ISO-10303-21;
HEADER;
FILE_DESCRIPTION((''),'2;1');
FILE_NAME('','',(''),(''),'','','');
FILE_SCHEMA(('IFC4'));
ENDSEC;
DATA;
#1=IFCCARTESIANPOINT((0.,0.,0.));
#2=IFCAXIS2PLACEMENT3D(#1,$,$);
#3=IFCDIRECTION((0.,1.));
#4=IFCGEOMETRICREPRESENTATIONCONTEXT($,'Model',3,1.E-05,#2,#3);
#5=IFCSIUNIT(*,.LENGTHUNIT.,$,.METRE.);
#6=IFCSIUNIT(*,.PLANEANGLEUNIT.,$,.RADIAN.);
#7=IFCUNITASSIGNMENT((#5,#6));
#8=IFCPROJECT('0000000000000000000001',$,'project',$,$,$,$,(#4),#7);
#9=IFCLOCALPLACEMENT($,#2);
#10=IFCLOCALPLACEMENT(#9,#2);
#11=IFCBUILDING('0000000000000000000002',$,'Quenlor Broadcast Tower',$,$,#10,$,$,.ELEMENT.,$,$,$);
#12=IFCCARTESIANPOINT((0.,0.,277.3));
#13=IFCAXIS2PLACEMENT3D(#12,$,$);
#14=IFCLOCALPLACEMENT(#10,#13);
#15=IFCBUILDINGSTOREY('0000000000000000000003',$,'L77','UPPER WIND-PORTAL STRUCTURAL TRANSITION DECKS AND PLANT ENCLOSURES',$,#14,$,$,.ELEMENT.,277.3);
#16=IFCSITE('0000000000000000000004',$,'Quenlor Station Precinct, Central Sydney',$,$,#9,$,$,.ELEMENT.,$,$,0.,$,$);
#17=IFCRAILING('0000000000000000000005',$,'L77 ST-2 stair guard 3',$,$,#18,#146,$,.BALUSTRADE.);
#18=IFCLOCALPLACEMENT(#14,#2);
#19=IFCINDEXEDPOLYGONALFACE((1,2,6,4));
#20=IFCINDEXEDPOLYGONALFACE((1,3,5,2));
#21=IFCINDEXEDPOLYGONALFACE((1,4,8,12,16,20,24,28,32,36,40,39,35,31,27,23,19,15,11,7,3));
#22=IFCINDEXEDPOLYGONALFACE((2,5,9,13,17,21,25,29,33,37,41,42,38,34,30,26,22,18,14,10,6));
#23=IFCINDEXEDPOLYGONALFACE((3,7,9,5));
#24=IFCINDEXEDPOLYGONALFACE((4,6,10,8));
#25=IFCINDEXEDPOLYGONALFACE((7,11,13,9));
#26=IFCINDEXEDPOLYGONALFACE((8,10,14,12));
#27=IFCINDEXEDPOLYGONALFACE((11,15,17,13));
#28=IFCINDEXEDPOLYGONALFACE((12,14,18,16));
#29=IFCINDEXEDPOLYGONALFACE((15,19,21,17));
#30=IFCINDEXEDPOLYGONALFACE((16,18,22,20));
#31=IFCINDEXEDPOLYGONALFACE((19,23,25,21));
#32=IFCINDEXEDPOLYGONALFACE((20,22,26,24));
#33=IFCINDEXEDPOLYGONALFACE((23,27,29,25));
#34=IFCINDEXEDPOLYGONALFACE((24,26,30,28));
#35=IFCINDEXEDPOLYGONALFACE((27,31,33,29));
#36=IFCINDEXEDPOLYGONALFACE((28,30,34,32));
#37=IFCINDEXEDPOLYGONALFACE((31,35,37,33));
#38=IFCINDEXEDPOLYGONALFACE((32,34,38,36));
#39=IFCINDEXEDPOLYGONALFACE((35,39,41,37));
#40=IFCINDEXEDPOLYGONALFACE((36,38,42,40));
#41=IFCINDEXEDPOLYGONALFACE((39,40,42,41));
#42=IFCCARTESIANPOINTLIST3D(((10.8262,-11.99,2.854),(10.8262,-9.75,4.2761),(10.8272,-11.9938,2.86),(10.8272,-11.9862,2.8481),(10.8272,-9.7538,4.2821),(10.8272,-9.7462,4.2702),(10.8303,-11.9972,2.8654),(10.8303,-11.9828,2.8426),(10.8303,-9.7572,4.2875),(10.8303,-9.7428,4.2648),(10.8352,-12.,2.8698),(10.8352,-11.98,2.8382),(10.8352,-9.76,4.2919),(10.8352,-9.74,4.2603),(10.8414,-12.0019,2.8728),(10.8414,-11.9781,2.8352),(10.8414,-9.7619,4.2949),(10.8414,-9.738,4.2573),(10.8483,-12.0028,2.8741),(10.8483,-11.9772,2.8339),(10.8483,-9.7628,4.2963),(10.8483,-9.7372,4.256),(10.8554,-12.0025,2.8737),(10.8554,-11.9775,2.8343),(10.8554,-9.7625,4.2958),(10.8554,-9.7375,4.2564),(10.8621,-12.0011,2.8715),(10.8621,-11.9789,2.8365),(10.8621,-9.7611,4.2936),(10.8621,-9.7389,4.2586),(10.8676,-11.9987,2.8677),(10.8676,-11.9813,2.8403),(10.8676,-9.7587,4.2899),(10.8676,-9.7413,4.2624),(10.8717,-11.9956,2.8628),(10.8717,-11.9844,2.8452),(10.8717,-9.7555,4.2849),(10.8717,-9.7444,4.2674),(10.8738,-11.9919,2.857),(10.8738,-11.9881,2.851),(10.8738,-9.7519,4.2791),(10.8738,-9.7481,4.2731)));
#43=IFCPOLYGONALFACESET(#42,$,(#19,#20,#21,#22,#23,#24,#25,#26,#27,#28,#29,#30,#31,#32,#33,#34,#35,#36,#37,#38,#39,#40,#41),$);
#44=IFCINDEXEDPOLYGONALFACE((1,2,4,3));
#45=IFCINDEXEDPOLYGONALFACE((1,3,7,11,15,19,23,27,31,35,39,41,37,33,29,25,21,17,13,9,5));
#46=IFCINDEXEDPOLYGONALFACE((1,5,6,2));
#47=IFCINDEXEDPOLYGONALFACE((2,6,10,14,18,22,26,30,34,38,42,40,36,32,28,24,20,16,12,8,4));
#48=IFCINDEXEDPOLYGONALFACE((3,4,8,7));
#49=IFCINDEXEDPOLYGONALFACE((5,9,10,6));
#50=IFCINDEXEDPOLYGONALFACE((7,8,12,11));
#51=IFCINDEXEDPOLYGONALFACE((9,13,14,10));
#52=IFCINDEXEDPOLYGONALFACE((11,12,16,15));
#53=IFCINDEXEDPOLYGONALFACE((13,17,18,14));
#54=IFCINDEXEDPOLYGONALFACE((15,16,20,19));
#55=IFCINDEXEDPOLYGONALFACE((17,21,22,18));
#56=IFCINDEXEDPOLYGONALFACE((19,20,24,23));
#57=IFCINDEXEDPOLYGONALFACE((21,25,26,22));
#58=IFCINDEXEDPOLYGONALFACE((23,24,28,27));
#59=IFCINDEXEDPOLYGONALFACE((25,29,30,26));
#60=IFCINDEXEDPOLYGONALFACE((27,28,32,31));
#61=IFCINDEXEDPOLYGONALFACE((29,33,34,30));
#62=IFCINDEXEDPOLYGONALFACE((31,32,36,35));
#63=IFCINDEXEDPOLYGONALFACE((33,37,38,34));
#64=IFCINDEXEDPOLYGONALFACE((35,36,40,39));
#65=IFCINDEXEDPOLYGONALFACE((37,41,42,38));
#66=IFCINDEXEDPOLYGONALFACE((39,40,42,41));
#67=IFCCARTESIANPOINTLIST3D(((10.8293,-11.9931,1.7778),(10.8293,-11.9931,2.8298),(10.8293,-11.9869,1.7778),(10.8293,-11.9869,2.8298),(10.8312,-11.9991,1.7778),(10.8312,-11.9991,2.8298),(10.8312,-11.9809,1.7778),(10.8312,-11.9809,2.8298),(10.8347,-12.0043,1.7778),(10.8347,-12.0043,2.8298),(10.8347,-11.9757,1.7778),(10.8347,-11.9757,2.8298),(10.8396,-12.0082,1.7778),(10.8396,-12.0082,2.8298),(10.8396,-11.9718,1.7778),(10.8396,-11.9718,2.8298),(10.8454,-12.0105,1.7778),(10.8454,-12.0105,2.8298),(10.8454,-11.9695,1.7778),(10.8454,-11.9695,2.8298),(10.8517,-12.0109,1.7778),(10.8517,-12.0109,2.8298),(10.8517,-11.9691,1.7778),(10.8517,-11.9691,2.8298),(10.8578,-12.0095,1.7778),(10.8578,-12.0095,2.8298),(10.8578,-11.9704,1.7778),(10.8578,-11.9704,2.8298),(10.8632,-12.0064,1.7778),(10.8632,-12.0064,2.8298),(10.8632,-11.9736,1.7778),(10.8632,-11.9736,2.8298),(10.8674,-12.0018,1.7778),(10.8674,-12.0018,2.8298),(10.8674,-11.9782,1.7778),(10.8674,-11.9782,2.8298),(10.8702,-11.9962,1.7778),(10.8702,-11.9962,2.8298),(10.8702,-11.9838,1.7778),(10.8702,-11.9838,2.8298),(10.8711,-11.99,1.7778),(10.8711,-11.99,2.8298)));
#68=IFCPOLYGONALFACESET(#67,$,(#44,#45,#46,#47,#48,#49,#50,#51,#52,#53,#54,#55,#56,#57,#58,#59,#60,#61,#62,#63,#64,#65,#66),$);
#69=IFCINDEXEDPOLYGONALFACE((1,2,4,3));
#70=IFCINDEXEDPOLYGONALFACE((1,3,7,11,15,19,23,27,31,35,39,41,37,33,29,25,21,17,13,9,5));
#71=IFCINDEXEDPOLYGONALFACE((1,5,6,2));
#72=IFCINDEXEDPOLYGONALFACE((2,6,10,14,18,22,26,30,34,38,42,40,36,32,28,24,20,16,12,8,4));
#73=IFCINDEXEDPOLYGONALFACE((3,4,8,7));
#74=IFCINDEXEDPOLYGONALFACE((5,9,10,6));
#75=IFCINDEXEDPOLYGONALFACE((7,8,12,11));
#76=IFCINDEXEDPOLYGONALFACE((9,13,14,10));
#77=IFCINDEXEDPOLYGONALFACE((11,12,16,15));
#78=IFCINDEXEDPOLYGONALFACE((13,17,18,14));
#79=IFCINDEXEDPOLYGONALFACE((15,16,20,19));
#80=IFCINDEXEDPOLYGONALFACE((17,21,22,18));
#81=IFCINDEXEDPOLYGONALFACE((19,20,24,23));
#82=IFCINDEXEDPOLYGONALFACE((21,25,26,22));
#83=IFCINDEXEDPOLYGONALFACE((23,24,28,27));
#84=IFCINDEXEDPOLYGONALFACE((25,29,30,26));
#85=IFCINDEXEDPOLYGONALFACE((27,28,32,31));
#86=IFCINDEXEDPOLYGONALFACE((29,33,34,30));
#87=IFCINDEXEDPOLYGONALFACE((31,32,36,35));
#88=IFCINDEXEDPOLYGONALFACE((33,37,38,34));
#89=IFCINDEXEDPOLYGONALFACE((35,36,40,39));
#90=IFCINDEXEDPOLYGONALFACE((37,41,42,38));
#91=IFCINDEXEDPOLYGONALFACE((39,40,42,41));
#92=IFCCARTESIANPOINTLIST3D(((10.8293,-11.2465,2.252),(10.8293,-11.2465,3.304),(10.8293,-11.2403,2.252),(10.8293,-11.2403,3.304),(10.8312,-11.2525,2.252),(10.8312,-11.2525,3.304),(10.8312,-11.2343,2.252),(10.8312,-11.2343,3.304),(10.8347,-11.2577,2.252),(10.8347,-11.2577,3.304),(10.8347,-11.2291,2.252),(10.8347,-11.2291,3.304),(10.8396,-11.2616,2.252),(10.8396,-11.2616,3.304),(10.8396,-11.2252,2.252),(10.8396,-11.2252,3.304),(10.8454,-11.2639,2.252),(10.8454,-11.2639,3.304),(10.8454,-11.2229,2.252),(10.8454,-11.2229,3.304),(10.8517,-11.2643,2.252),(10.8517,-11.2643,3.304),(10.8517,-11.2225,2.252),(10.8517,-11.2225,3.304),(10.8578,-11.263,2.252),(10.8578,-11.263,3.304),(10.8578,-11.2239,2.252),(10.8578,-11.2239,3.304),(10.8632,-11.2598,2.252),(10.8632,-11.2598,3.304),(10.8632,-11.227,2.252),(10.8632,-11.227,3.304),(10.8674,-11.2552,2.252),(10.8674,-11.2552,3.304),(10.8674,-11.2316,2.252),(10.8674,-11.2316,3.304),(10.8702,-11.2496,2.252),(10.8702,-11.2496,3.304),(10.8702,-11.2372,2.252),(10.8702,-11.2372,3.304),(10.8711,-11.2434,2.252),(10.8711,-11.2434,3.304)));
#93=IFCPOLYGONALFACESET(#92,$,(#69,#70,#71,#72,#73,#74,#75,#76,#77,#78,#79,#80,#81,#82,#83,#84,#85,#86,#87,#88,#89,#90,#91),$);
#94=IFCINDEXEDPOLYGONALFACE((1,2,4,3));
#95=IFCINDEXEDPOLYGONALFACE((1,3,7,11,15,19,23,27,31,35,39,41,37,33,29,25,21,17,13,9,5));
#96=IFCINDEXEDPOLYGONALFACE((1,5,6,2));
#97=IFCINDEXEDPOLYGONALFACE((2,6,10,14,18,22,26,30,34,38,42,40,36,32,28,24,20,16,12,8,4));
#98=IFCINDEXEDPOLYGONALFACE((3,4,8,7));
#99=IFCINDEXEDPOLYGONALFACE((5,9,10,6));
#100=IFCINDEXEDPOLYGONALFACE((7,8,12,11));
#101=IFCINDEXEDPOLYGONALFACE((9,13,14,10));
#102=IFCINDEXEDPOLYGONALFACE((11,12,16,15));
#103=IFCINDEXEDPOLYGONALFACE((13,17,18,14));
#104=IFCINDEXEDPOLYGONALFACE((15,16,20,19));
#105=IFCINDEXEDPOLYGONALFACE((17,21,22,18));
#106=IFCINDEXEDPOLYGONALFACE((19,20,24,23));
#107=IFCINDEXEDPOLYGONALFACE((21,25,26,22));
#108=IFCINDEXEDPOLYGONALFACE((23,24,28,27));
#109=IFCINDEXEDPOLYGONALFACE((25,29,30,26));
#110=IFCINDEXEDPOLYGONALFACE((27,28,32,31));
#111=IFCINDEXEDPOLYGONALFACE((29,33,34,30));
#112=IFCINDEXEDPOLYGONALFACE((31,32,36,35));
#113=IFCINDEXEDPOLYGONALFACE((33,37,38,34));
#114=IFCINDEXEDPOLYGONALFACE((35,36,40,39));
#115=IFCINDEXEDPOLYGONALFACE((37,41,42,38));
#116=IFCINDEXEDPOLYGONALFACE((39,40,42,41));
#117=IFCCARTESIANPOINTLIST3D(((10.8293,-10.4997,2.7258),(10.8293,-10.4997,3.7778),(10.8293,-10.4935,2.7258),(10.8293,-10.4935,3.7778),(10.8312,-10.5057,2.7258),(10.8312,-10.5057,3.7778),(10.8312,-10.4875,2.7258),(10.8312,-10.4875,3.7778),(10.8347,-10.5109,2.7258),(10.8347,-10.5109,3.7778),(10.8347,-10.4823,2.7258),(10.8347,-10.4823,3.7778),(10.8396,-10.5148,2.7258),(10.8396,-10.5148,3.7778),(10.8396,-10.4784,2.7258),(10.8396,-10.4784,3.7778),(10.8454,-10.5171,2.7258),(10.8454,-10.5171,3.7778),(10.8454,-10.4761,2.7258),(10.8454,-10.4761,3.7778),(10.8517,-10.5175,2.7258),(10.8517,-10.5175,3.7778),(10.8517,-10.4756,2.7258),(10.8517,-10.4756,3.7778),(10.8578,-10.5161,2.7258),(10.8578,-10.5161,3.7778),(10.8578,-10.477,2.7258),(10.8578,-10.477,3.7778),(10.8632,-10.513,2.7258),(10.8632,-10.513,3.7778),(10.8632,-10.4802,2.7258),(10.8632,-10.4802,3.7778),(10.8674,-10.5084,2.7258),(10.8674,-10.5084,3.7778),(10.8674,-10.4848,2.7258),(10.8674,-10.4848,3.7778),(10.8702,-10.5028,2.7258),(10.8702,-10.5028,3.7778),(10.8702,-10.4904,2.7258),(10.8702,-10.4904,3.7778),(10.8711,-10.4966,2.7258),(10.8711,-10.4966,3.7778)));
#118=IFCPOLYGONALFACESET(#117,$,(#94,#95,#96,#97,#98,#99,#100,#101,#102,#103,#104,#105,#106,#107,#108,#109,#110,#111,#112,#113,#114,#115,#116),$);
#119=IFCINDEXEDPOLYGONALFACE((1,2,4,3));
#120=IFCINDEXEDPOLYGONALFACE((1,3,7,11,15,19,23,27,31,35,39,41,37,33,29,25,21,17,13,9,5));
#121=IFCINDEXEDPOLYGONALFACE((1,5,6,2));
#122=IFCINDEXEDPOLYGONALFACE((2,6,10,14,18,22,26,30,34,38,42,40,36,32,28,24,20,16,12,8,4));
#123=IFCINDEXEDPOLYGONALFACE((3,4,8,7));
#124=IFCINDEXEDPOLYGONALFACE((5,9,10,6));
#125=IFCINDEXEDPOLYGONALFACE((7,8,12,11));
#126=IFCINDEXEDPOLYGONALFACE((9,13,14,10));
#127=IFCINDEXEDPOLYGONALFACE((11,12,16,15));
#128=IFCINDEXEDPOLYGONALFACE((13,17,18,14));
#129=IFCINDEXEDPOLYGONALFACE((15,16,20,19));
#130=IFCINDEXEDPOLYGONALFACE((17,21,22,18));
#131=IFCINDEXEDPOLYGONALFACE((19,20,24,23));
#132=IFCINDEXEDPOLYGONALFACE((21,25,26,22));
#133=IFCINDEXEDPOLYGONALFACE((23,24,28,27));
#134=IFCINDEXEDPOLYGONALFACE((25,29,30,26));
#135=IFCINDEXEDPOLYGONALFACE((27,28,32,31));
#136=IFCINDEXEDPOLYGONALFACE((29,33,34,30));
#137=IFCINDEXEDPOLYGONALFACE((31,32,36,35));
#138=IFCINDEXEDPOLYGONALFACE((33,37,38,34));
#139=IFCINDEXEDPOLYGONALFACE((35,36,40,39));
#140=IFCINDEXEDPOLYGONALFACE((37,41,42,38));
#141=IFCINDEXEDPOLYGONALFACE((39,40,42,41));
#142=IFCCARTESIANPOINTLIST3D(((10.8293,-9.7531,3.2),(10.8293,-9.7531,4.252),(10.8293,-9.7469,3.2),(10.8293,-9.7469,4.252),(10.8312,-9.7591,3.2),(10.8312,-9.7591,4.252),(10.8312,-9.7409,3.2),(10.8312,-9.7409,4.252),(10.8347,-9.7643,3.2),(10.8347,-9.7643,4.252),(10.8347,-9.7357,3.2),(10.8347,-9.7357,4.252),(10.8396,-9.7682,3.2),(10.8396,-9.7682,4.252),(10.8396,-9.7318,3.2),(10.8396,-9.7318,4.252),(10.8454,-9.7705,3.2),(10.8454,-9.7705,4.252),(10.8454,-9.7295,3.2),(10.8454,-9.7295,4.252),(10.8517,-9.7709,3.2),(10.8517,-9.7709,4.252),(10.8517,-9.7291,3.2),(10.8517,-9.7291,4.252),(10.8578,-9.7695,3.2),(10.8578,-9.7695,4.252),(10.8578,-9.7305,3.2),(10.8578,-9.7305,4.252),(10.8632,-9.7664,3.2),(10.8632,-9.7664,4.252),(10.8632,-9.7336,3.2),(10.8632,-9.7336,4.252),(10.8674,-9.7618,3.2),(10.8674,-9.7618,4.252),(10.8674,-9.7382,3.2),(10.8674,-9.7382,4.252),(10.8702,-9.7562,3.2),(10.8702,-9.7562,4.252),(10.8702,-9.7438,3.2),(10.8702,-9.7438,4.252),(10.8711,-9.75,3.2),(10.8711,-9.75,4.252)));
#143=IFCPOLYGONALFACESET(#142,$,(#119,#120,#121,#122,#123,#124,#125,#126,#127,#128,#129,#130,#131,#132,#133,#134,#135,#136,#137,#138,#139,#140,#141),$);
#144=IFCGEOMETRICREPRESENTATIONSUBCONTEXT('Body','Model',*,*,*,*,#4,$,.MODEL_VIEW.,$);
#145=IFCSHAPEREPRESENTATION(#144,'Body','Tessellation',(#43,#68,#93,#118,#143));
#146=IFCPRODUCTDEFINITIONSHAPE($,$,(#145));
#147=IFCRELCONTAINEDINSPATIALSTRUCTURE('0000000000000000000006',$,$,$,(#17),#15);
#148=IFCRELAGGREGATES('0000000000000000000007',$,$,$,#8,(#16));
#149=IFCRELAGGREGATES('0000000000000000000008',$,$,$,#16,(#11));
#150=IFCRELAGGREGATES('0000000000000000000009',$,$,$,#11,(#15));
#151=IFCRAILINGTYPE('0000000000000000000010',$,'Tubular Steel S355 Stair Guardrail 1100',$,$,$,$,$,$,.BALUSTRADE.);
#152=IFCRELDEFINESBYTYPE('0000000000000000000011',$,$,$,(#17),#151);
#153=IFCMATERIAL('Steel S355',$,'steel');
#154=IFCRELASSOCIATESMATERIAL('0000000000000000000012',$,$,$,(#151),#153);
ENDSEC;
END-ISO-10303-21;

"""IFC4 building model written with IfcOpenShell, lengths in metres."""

from ifc_helpers import new_model, si_unit, direction, frame, origin, origin_2d, place, context, subcontext, project, spatial, circle, extrude, material, type_object, element, save


model = new_model("IFC4")

# Units and contexts
model_context = context("Model", 3, precision=1e-05, world=origin(), true_north=direction((0.0, 1.0)))
body_context = subcontext(model_context, "Body", "Model", "MODEL_VIEW")
ifc_project = project(units=[si_unit("LENGTHUNIT", "METRE"), si_unit("PLANEANGLEUNIT", "RADIAN")], contexts=[model_context])

# Site, building, storey
site_placement = place(None, origin())
site = spatial("IfcSite", under=ifc_project, at=site_placement, Name="Quenlor Station Precinct, Central Sydney", CompositionType="ELEMENT", RefElevation=0.0)
building_placement = place(site_placement, origin())
building = spatial("IfcBuilding", under=site, at=building_placement, Name="Quenlor Broadcast Tower", CompositionType="ELEMENT")
storey_placement = place(building_placement, frame((0.0, 0.0, 277.3)))
storey = spatial("IfcBuildingStorey", under=building, at=storey_placement, Name="L77", Description="UPPER WIND-PORTAL STRUCTURAL TRANSITION DECKS AND PLANT ENCLOSURES", CompositionType="ELEMENT", Elevation=277.3)

# Railing
ifc_material_1 = material(Name="Steel S355", Category="steel")
railing_type_1 = type_object("IfcRailingType", Name="Tubular Steel S355 Stair Guardrail 1100", PredefinedType="BALUSTRADE", material=ifc_material_1)
railing_1_placement = place(storey_placement, frame((10.8501, -11.99, 1.7778)))
element("IfcRailing", 1, at=railing_1_placement, inside=storey, type_object=railing_type_1, Name="L77 ST-2 stair guard 3", PredefinedType="BALUSTRADE", context=body_context, shape_type="SweptSolid", body=[
    extrude(circle(Radius=0.0239, at=origin_2d()), frame((0.0, 0.0, 1.0762), z_axis=(0.0, 0.844229, 0.535982), x_axis=(-1.0, 0.0, 0.0)), (0.0, 0.0, 1.0), 2.6533),
    extrude(circle(Radius=0.021, at=origin_2d()), origin(), (0.0, 0.0, 1.0), 1.052),
    extrude(circle(Radius=0.021, at=origin_2d()), frame((0.0, 0.7466, 0.4741)), (0.0, 0.0, 1.0), 1.052),
    extrude(circle(Radius=0.021, at=origin_2d()), frame((0.0, 1.4934, 0.948)), (0.0, 0.0, 1.0), 1.052),
    extrude(circle(Radius=0.021, at=origin_2d()), frame((0.0, 2.24, 1.4221)), (0.0, 0.0, 1.0), 1.052),
])

save(model, "model.ifc")
